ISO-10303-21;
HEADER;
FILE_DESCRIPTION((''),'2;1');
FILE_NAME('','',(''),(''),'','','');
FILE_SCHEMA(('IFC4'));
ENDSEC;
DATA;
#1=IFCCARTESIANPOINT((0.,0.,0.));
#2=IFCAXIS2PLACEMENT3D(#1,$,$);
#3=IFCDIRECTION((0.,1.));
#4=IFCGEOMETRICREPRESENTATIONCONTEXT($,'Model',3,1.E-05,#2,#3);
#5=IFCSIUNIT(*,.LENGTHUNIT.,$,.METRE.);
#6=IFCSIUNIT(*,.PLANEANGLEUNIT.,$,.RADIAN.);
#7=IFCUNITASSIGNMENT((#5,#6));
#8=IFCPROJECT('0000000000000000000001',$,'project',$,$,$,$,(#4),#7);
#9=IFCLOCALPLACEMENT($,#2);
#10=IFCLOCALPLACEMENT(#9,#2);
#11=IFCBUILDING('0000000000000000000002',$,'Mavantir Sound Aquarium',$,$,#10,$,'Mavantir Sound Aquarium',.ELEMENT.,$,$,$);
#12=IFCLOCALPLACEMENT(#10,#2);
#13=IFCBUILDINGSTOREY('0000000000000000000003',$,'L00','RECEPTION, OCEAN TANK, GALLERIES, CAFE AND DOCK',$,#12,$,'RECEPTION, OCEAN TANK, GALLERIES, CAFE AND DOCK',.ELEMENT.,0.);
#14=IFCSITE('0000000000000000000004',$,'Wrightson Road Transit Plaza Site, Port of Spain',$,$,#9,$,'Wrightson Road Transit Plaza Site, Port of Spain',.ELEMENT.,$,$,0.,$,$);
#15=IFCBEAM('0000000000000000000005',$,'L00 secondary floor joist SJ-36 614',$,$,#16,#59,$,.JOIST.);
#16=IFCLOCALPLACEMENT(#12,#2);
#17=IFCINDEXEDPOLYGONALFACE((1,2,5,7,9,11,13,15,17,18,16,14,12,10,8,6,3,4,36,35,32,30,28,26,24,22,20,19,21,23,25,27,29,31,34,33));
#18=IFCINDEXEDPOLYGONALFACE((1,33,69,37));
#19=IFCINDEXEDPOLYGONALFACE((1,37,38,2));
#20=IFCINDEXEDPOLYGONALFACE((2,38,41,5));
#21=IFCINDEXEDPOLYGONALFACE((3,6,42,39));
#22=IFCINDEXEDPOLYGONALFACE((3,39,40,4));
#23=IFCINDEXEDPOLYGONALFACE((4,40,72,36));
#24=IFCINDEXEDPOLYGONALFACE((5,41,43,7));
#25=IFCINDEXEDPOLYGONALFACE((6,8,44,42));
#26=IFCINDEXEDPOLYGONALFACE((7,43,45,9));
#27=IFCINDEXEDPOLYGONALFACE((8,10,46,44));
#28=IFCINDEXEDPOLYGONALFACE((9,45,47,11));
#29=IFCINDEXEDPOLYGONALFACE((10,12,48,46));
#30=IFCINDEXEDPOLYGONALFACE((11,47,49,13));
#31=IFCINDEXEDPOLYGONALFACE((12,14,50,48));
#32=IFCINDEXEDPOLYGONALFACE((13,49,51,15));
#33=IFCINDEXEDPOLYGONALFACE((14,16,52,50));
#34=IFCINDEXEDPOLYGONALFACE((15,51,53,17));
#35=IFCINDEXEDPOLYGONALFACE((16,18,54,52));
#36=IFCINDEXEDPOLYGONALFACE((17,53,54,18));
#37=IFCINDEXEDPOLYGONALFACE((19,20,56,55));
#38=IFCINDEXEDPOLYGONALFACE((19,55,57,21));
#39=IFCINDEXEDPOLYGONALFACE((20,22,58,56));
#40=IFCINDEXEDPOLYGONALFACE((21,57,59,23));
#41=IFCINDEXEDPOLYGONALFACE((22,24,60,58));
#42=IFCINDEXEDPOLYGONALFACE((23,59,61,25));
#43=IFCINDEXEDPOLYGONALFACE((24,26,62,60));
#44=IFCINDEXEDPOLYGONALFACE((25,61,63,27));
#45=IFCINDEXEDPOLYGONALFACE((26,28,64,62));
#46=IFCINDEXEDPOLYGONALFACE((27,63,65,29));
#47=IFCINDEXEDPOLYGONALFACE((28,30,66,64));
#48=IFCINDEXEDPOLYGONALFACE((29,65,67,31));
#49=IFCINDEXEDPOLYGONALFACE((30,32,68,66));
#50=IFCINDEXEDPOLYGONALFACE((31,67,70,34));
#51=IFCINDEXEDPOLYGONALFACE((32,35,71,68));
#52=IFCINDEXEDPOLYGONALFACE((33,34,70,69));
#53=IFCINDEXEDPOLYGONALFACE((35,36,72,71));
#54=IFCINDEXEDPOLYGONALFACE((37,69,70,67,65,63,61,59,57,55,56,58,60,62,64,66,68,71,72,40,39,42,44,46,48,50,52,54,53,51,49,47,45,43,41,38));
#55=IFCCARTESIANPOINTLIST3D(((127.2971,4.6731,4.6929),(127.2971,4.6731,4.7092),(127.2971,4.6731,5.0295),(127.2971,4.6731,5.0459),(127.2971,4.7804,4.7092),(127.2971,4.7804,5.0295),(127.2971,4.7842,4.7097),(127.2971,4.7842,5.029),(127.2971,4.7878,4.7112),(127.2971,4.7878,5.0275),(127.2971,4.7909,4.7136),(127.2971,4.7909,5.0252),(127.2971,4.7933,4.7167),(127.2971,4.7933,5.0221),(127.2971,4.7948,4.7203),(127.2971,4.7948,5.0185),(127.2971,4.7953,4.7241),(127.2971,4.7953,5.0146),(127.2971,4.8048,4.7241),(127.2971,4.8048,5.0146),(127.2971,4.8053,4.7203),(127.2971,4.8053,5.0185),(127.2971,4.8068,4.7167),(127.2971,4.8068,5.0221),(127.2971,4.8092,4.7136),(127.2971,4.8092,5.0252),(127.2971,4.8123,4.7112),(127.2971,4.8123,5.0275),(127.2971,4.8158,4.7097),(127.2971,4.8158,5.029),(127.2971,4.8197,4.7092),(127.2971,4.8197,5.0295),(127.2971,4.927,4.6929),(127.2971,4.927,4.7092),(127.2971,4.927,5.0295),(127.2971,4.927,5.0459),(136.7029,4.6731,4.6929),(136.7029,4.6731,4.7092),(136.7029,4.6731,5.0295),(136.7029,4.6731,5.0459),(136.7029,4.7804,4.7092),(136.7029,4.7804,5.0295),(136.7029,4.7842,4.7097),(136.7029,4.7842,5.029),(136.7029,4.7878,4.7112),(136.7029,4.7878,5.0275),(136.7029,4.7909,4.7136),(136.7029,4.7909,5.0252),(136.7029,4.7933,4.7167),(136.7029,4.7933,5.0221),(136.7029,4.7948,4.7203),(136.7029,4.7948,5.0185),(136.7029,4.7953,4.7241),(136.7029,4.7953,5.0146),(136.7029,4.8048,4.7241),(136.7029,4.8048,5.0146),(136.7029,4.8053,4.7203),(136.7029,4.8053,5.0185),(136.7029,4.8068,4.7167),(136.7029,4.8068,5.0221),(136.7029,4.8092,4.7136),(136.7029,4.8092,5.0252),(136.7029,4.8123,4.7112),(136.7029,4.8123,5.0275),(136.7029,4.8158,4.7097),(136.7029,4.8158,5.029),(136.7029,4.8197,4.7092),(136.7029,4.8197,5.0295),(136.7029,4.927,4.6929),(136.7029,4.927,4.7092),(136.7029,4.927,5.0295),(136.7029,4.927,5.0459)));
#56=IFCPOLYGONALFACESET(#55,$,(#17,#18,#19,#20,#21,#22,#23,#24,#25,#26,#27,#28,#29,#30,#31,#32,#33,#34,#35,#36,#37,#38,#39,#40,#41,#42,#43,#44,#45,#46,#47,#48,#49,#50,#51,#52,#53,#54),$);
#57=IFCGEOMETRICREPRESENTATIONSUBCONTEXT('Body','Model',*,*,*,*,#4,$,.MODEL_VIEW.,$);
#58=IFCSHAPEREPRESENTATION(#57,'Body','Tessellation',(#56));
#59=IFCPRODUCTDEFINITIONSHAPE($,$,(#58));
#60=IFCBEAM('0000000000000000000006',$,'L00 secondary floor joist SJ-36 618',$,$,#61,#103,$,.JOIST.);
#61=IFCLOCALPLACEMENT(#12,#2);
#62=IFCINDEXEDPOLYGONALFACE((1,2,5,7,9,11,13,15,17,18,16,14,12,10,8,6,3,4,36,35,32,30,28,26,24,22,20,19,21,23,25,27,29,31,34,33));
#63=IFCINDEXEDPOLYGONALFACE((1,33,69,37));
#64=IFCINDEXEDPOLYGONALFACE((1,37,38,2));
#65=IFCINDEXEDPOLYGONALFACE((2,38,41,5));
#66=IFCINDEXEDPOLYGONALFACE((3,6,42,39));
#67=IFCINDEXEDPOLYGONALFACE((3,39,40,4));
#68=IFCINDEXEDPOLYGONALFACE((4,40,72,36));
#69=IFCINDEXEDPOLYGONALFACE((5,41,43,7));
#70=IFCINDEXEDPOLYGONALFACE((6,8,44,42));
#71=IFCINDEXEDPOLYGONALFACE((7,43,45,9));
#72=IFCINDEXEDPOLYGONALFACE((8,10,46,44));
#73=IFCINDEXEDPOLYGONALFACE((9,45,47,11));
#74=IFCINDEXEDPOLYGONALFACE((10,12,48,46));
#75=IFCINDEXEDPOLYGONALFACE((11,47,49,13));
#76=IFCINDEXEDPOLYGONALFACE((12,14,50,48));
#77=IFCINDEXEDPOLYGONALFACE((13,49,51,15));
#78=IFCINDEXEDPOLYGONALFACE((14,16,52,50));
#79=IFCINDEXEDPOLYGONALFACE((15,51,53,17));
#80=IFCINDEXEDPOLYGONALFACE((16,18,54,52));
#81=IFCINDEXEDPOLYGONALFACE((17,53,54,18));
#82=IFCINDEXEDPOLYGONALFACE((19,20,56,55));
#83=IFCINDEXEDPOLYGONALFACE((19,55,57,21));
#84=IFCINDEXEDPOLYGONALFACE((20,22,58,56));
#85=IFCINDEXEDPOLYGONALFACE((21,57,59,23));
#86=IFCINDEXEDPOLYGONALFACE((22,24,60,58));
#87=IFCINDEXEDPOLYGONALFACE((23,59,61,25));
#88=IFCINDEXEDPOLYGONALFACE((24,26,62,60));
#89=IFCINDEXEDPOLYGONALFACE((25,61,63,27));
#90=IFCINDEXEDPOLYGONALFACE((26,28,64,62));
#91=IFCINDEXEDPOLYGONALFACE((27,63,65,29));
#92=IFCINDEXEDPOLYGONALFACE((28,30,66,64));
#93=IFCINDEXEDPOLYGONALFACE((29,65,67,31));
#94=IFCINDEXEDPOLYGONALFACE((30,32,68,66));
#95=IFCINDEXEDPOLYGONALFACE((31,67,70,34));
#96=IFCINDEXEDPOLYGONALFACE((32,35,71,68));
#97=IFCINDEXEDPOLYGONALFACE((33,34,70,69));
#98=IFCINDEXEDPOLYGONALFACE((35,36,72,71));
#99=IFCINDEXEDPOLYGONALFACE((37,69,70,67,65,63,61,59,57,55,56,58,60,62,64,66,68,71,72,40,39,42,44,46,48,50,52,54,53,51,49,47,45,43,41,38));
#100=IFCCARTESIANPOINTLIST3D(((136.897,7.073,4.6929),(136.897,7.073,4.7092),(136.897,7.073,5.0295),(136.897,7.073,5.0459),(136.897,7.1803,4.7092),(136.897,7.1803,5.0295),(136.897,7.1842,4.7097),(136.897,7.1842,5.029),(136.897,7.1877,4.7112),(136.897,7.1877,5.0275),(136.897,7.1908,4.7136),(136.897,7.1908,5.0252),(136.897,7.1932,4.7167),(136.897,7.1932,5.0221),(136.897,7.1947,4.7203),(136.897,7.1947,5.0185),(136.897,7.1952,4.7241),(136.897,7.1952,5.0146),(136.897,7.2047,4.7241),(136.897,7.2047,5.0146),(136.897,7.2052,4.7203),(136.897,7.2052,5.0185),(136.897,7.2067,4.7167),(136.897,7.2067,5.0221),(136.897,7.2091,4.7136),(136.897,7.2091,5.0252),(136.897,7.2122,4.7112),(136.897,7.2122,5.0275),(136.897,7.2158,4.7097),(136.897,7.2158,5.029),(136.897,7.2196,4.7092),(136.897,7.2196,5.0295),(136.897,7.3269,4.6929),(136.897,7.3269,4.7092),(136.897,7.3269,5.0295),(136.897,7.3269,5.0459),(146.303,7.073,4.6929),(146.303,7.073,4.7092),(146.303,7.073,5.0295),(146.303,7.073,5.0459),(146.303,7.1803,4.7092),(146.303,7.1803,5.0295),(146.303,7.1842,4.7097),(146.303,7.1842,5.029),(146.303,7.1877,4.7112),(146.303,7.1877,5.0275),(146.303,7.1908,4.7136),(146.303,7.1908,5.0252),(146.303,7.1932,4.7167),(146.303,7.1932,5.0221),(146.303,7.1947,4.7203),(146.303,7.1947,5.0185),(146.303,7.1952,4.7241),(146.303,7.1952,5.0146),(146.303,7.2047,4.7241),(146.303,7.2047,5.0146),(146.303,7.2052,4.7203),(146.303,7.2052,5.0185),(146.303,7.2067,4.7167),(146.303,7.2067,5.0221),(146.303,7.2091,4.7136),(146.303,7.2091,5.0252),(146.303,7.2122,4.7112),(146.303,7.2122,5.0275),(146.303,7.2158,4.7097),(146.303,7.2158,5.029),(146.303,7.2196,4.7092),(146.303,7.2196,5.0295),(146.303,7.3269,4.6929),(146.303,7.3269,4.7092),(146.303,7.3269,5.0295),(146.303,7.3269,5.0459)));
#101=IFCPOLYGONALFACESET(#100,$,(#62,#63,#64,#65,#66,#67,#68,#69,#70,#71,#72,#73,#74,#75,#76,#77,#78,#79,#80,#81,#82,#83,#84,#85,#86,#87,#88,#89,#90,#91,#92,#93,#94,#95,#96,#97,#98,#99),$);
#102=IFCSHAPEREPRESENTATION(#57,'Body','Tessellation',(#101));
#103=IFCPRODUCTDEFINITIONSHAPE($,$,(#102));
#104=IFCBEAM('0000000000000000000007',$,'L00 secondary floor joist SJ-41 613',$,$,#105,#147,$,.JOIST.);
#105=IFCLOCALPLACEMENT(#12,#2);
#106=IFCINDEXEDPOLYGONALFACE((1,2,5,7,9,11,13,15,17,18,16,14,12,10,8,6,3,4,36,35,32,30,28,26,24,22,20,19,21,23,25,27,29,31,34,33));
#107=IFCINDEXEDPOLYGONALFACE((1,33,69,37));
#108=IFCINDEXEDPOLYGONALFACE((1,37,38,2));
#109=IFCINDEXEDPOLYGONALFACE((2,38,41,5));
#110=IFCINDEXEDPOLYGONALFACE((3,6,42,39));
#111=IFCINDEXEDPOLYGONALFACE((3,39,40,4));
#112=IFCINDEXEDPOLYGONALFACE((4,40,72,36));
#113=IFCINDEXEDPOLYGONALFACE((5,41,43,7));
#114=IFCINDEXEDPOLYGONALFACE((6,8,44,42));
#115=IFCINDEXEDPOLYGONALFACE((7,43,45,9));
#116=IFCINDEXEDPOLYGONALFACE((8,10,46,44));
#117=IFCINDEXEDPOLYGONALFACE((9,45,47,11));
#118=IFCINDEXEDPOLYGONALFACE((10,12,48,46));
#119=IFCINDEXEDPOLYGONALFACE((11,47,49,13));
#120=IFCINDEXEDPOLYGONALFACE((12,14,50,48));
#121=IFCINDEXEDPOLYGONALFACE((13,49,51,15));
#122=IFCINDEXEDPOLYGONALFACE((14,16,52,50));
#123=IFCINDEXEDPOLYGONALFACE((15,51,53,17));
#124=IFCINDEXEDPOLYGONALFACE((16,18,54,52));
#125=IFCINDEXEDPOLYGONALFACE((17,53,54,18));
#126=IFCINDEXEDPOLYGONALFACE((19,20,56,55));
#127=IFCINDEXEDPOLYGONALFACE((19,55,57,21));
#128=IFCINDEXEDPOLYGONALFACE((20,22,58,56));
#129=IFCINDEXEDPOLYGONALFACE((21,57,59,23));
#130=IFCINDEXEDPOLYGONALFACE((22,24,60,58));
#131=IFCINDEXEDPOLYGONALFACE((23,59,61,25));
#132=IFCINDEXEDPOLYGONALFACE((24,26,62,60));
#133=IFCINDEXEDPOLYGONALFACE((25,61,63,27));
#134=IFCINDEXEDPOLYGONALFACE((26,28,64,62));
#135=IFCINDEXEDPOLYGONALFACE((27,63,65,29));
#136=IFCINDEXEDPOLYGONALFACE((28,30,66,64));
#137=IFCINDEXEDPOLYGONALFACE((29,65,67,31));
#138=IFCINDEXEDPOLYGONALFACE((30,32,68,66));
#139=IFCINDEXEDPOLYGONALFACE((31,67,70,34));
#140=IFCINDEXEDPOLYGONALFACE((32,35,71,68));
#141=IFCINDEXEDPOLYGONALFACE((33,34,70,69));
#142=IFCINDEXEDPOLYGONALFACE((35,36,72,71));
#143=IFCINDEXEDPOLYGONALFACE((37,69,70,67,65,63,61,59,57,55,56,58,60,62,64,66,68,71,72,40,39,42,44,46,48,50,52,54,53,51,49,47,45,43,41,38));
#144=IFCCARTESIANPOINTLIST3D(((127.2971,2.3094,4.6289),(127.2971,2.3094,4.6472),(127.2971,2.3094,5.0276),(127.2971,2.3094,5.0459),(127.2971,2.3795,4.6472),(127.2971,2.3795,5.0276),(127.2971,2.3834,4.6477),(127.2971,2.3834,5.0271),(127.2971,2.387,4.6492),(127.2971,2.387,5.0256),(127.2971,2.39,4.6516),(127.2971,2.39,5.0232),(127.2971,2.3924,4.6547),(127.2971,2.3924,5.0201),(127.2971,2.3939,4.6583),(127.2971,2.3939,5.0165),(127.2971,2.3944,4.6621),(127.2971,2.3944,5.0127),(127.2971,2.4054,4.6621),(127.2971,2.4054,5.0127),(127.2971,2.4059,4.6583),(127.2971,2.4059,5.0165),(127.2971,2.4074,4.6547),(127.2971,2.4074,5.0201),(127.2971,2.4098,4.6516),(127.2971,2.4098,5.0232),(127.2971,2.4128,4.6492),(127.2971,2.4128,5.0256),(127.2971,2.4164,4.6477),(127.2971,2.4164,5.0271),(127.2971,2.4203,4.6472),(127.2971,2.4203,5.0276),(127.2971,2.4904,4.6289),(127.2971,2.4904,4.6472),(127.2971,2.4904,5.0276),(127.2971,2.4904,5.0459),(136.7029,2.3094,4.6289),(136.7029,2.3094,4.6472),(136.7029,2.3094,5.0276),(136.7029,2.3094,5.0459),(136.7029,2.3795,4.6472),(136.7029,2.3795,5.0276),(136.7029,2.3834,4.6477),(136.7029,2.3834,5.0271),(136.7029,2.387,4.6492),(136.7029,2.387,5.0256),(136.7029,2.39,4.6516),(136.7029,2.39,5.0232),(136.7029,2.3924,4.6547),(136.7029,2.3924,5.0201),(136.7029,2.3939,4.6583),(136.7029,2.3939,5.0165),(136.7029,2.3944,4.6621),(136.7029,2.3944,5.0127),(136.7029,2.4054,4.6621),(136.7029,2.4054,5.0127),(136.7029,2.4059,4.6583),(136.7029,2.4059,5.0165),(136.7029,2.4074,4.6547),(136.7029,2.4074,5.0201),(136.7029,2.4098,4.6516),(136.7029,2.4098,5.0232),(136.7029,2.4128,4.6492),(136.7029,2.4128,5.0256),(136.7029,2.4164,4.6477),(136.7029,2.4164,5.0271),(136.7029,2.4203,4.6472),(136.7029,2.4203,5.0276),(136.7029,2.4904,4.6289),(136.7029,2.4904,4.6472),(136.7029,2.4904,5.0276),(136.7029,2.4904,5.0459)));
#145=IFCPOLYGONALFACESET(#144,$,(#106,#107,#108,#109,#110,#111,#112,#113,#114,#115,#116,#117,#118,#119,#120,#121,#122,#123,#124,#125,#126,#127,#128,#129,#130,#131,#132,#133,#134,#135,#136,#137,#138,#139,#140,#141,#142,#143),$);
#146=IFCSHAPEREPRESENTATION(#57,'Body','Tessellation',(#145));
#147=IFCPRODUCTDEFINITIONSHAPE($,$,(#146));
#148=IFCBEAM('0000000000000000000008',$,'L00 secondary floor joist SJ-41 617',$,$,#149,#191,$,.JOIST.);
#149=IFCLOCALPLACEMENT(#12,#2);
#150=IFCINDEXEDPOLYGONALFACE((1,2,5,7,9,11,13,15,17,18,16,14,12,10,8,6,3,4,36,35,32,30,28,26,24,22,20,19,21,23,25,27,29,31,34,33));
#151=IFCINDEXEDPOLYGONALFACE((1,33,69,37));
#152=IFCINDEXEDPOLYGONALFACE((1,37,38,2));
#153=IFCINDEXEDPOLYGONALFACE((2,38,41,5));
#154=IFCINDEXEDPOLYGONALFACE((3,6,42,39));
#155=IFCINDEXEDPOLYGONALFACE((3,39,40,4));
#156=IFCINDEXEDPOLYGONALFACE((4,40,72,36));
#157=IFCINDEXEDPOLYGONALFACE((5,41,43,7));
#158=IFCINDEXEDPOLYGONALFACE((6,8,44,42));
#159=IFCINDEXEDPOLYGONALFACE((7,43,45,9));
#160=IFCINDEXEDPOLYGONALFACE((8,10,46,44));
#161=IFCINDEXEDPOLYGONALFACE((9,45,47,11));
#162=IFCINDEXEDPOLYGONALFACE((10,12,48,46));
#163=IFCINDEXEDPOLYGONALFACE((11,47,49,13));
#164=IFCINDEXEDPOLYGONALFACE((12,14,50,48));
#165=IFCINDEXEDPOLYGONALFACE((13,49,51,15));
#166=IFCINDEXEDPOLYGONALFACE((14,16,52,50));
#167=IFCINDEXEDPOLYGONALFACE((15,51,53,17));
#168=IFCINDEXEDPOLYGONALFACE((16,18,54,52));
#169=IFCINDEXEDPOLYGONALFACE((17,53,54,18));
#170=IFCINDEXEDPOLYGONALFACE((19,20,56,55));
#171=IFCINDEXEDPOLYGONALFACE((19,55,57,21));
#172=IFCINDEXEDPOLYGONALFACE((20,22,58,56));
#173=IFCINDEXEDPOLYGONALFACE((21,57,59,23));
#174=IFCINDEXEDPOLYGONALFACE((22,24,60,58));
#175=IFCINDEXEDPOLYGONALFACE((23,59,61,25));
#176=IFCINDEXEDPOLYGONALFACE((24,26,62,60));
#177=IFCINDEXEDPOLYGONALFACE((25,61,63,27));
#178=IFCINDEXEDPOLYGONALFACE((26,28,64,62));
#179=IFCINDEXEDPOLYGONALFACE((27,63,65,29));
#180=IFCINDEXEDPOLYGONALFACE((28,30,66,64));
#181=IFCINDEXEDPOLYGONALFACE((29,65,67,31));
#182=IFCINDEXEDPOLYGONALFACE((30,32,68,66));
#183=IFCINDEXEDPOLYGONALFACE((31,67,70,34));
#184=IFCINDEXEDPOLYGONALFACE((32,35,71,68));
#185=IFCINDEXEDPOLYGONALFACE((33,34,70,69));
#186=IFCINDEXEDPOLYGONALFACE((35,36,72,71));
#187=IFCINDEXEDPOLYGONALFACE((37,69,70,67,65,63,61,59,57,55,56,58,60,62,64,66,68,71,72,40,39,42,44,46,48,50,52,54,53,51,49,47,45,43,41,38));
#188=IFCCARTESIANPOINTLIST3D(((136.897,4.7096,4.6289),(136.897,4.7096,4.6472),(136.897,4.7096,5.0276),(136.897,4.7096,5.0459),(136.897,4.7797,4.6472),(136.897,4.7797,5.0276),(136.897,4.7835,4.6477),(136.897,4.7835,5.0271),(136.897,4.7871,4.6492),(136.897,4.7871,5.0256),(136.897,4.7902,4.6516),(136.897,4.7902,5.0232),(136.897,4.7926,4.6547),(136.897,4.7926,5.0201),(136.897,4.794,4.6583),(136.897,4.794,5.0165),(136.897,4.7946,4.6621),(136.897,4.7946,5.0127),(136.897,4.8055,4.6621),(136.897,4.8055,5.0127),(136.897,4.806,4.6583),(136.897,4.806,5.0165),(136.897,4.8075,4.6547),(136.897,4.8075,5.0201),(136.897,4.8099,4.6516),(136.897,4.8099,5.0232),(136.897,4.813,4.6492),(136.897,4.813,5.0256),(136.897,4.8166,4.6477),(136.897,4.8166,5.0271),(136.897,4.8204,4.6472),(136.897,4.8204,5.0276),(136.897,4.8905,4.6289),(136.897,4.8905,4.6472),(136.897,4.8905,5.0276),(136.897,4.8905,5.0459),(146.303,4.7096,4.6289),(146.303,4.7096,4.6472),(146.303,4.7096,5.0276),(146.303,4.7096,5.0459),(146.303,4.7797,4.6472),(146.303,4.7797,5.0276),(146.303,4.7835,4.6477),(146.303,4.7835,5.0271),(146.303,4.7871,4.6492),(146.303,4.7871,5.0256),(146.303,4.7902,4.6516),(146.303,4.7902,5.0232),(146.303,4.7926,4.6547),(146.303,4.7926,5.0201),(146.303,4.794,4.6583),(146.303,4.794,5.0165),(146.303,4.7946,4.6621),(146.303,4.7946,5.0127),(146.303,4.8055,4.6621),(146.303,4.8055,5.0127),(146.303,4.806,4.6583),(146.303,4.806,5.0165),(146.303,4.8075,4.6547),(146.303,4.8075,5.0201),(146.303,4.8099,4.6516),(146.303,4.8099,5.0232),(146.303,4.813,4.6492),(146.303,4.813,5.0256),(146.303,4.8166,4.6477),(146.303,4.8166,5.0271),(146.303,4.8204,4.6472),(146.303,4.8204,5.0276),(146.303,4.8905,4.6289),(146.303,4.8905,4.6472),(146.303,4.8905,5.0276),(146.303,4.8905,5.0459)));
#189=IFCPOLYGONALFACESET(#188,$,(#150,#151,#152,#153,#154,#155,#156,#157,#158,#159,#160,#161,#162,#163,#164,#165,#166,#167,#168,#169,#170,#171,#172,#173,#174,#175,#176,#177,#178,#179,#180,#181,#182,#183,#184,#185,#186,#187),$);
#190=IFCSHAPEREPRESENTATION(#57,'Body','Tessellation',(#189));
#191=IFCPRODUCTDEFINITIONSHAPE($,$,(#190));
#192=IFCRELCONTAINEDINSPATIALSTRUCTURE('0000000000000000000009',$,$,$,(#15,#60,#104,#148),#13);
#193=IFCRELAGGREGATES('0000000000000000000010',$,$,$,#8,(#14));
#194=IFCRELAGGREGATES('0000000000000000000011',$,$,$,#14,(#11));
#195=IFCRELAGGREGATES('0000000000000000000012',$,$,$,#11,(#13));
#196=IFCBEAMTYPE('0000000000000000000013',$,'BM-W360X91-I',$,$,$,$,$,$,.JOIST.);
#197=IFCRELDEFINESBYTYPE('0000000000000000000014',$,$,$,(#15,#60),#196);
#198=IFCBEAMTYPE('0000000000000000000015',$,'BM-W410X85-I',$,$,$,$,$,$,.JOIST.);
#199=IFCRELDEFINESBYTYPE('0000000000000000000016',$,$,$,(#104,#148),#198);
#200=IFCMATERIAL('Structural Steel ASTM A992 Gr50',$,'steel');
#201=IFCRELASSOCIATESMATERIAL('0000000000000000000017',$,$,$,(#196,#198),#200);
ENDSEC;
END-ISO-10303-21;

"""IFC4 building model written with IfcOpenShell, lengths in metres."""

from ifc_helpers import new_model, si_unit, direction, frame, origin, origin_2d, place, context, subcontext, project, spatial, i_section, extrude, material, material_profile, profile_set, type_object, element, save


model = new_model("IFC4")

# Units and contexts
model_context = context("Model", 3, precision=1e-05, world=origin(), true_north=direction((0.0, 1.0)))
body_context = subcontext(model_context, "Body", "Model", "MODEL_VIEW")
ifc_project = project(units=[si_unit("LENGTHUNIT", "METRE"), si_unit("PLANEANGLEUNIT", "RADIAN")], contexts=[model_context])

# Site, building, storey
site_placement = place(None, origin())
site = spatial("IfcSite", under=ifc_project, at=site_placement, Name="Wrightson Road Transit Plaza Site, Port of Spain", LongName="Wrightson Road Transit Plaza Site, Port of Spain", CompositionType="ELEMENT", RefElevation=0.0)
building_placement = place(site_placement, origin())
building = spatial("IfcBuilding", under=site, at=building_placement, Name="Mavantir Sound Aquarium", LongName="Mavantir Sound Aquarium", CompositionType="ELEMENT")
storey_placement = place(building_placement, origin())
storey = spatial("IfcBuildingStorey", under=building, at=storey_placement, Name="L00", Description="RECEPTION, OCEAN TANK, GALLERIES, CAFE AND DOCK", LongName="RECEPTION, OCEAN TANK, GALLERIES, CAFE AND DOCK", CompositionType="ELEMENT", Elevation=0.0)

# Beams
ifc_material_1 = material(Name="Structural Steel ASTM A992 Gr50", Category="steel")
ifc_material_profile_1 = material_profile(ifc_material_1, i_section(OverallWidth=0.2539, OverallDepth=0.353, WebThickness=0.0095, FlangeThickness=0.0164, FilletRadius=0.0149, at=origin_2d()), Name="W360X91")
ifc_profile_set_1 = profile_set([ifc_material_profile_1], Name="Structural Steel ASTM A992 Gr50")
beam_type_1 = type_object("IfcBeamType", Name="BM-W360X91-I", PredefinedType="JOIST", material=ifc_profile_set_1)
beam_1_placement = place(storey_placement, frame((127.2971, 4.8, 4.8694), z_axis=(1.0, 0.0, 0.0), x_axis=(0.0, 1.0, 0.0)))
element("IfcBeam", 1, at=beam_1_placement, inside=storey, type_object=beam_type_1, Name="L00 secondary floor joist SJ-36 614", PredefinedType="JOIST", context=body_context, shape_type="SweptSolid", body=[
    extrude(i_section(OverallWidth=0.2539, OverallDepth=0.353, WebThickness=0.0095, FlangeThickness=0.0164, FilletRadius=0.0149, at=origin_2d()), origin(), (0.0, 0.0, 1.0), 9.4058),
])
beam_2_placement = place(storey_placement, frame((136.897, 7.2, 4.8694), z_axis=(1.0, 0.0, 0.0), x_axis=(0.0, 1.0, 0.0)))
element("IfcBeam", 2, at=beam_2_placement, inside=storey, type_object=beam_type_1, Name="L00 secondary floor joist SJ-36 618", PredefinedType="JOIST", context=body_context, shape_type="SweptSolid", body=[
    extrude(i_section(OverallWidth=0.2539, OverallDepth=0.353, WebThickness=0.0095, FlangeThickness=0.0164, FilletRadius=0.0149, at=origin_2d()), origin(), (0.0, 0.0, 1.0), 9.406),
])
ifc_material_profile_2 = material_profile(ifc_material_1, i_section(OverallWidth=0.1809, OverallDepth=0.417, WebThickness=0.011, FlangeThickness=0.0183, FilletRadius=0.0149, at=origin_2d()), Name="W410X85")
ifc_profile_set_2 = profile_set([ifc_material_profile_2], Name="Structural Steel ASTM A992 Gr50")
beam_type_2 = type_object("IfcBeamType", Name="BM-W410X85-I", PredefinedType="JOIST", material=ifc_profile_set_2)
beam_3_placement = place(storey_placement, frame((127.2971, 2.3999, 4.8374), z_axis=(1.0, 0.0, 0.0), x_axis=(0.0, 1.0, 0.0)))
element("IfcBeam", 3, at=beam_3_placement, inside=storey, type_object=beam_type_2, Name="L00 secondary floor joist SJ-41 613", PredefinedType="JOIST", context=body_context, shape_type="SweptSolid", body=[
    extrude(i_section(OverallWidth=0.1809, OverallDepth=0.417, WebThickness=0.011, FlangeThickness=0.0183, FilletRadius=0.0149, at=origin_2d()), origin(), (0.0, 0.0, 1.0), 9.4058),
])
beam_4_placement = place(storey_placement, frame((136.897, 4.8, 4.8374), z_axis=(1.0, 0.0, 0.0), x_axis=(0.0, 1.0, 0.0)))
element("IfcBeam", 4, at=beam_4_placement, inside=storey, type_object=beam_type_2, Name="L00 secondary floor joist SJ-41 617", PredefinedType="JOIST", context=body_context, shape_type="SweptSolid", body=[
    extrude(i_section(OverallWidth=0.1809, OverallDepth=0.417, WebThickness=0.011, FlangeThickness=0.0183, FilletRadius=0.0149, at=origin_2d()), origin(), (0.0, 0.0, 1.0), 9.406),
])

save(model, "model.ifc")
